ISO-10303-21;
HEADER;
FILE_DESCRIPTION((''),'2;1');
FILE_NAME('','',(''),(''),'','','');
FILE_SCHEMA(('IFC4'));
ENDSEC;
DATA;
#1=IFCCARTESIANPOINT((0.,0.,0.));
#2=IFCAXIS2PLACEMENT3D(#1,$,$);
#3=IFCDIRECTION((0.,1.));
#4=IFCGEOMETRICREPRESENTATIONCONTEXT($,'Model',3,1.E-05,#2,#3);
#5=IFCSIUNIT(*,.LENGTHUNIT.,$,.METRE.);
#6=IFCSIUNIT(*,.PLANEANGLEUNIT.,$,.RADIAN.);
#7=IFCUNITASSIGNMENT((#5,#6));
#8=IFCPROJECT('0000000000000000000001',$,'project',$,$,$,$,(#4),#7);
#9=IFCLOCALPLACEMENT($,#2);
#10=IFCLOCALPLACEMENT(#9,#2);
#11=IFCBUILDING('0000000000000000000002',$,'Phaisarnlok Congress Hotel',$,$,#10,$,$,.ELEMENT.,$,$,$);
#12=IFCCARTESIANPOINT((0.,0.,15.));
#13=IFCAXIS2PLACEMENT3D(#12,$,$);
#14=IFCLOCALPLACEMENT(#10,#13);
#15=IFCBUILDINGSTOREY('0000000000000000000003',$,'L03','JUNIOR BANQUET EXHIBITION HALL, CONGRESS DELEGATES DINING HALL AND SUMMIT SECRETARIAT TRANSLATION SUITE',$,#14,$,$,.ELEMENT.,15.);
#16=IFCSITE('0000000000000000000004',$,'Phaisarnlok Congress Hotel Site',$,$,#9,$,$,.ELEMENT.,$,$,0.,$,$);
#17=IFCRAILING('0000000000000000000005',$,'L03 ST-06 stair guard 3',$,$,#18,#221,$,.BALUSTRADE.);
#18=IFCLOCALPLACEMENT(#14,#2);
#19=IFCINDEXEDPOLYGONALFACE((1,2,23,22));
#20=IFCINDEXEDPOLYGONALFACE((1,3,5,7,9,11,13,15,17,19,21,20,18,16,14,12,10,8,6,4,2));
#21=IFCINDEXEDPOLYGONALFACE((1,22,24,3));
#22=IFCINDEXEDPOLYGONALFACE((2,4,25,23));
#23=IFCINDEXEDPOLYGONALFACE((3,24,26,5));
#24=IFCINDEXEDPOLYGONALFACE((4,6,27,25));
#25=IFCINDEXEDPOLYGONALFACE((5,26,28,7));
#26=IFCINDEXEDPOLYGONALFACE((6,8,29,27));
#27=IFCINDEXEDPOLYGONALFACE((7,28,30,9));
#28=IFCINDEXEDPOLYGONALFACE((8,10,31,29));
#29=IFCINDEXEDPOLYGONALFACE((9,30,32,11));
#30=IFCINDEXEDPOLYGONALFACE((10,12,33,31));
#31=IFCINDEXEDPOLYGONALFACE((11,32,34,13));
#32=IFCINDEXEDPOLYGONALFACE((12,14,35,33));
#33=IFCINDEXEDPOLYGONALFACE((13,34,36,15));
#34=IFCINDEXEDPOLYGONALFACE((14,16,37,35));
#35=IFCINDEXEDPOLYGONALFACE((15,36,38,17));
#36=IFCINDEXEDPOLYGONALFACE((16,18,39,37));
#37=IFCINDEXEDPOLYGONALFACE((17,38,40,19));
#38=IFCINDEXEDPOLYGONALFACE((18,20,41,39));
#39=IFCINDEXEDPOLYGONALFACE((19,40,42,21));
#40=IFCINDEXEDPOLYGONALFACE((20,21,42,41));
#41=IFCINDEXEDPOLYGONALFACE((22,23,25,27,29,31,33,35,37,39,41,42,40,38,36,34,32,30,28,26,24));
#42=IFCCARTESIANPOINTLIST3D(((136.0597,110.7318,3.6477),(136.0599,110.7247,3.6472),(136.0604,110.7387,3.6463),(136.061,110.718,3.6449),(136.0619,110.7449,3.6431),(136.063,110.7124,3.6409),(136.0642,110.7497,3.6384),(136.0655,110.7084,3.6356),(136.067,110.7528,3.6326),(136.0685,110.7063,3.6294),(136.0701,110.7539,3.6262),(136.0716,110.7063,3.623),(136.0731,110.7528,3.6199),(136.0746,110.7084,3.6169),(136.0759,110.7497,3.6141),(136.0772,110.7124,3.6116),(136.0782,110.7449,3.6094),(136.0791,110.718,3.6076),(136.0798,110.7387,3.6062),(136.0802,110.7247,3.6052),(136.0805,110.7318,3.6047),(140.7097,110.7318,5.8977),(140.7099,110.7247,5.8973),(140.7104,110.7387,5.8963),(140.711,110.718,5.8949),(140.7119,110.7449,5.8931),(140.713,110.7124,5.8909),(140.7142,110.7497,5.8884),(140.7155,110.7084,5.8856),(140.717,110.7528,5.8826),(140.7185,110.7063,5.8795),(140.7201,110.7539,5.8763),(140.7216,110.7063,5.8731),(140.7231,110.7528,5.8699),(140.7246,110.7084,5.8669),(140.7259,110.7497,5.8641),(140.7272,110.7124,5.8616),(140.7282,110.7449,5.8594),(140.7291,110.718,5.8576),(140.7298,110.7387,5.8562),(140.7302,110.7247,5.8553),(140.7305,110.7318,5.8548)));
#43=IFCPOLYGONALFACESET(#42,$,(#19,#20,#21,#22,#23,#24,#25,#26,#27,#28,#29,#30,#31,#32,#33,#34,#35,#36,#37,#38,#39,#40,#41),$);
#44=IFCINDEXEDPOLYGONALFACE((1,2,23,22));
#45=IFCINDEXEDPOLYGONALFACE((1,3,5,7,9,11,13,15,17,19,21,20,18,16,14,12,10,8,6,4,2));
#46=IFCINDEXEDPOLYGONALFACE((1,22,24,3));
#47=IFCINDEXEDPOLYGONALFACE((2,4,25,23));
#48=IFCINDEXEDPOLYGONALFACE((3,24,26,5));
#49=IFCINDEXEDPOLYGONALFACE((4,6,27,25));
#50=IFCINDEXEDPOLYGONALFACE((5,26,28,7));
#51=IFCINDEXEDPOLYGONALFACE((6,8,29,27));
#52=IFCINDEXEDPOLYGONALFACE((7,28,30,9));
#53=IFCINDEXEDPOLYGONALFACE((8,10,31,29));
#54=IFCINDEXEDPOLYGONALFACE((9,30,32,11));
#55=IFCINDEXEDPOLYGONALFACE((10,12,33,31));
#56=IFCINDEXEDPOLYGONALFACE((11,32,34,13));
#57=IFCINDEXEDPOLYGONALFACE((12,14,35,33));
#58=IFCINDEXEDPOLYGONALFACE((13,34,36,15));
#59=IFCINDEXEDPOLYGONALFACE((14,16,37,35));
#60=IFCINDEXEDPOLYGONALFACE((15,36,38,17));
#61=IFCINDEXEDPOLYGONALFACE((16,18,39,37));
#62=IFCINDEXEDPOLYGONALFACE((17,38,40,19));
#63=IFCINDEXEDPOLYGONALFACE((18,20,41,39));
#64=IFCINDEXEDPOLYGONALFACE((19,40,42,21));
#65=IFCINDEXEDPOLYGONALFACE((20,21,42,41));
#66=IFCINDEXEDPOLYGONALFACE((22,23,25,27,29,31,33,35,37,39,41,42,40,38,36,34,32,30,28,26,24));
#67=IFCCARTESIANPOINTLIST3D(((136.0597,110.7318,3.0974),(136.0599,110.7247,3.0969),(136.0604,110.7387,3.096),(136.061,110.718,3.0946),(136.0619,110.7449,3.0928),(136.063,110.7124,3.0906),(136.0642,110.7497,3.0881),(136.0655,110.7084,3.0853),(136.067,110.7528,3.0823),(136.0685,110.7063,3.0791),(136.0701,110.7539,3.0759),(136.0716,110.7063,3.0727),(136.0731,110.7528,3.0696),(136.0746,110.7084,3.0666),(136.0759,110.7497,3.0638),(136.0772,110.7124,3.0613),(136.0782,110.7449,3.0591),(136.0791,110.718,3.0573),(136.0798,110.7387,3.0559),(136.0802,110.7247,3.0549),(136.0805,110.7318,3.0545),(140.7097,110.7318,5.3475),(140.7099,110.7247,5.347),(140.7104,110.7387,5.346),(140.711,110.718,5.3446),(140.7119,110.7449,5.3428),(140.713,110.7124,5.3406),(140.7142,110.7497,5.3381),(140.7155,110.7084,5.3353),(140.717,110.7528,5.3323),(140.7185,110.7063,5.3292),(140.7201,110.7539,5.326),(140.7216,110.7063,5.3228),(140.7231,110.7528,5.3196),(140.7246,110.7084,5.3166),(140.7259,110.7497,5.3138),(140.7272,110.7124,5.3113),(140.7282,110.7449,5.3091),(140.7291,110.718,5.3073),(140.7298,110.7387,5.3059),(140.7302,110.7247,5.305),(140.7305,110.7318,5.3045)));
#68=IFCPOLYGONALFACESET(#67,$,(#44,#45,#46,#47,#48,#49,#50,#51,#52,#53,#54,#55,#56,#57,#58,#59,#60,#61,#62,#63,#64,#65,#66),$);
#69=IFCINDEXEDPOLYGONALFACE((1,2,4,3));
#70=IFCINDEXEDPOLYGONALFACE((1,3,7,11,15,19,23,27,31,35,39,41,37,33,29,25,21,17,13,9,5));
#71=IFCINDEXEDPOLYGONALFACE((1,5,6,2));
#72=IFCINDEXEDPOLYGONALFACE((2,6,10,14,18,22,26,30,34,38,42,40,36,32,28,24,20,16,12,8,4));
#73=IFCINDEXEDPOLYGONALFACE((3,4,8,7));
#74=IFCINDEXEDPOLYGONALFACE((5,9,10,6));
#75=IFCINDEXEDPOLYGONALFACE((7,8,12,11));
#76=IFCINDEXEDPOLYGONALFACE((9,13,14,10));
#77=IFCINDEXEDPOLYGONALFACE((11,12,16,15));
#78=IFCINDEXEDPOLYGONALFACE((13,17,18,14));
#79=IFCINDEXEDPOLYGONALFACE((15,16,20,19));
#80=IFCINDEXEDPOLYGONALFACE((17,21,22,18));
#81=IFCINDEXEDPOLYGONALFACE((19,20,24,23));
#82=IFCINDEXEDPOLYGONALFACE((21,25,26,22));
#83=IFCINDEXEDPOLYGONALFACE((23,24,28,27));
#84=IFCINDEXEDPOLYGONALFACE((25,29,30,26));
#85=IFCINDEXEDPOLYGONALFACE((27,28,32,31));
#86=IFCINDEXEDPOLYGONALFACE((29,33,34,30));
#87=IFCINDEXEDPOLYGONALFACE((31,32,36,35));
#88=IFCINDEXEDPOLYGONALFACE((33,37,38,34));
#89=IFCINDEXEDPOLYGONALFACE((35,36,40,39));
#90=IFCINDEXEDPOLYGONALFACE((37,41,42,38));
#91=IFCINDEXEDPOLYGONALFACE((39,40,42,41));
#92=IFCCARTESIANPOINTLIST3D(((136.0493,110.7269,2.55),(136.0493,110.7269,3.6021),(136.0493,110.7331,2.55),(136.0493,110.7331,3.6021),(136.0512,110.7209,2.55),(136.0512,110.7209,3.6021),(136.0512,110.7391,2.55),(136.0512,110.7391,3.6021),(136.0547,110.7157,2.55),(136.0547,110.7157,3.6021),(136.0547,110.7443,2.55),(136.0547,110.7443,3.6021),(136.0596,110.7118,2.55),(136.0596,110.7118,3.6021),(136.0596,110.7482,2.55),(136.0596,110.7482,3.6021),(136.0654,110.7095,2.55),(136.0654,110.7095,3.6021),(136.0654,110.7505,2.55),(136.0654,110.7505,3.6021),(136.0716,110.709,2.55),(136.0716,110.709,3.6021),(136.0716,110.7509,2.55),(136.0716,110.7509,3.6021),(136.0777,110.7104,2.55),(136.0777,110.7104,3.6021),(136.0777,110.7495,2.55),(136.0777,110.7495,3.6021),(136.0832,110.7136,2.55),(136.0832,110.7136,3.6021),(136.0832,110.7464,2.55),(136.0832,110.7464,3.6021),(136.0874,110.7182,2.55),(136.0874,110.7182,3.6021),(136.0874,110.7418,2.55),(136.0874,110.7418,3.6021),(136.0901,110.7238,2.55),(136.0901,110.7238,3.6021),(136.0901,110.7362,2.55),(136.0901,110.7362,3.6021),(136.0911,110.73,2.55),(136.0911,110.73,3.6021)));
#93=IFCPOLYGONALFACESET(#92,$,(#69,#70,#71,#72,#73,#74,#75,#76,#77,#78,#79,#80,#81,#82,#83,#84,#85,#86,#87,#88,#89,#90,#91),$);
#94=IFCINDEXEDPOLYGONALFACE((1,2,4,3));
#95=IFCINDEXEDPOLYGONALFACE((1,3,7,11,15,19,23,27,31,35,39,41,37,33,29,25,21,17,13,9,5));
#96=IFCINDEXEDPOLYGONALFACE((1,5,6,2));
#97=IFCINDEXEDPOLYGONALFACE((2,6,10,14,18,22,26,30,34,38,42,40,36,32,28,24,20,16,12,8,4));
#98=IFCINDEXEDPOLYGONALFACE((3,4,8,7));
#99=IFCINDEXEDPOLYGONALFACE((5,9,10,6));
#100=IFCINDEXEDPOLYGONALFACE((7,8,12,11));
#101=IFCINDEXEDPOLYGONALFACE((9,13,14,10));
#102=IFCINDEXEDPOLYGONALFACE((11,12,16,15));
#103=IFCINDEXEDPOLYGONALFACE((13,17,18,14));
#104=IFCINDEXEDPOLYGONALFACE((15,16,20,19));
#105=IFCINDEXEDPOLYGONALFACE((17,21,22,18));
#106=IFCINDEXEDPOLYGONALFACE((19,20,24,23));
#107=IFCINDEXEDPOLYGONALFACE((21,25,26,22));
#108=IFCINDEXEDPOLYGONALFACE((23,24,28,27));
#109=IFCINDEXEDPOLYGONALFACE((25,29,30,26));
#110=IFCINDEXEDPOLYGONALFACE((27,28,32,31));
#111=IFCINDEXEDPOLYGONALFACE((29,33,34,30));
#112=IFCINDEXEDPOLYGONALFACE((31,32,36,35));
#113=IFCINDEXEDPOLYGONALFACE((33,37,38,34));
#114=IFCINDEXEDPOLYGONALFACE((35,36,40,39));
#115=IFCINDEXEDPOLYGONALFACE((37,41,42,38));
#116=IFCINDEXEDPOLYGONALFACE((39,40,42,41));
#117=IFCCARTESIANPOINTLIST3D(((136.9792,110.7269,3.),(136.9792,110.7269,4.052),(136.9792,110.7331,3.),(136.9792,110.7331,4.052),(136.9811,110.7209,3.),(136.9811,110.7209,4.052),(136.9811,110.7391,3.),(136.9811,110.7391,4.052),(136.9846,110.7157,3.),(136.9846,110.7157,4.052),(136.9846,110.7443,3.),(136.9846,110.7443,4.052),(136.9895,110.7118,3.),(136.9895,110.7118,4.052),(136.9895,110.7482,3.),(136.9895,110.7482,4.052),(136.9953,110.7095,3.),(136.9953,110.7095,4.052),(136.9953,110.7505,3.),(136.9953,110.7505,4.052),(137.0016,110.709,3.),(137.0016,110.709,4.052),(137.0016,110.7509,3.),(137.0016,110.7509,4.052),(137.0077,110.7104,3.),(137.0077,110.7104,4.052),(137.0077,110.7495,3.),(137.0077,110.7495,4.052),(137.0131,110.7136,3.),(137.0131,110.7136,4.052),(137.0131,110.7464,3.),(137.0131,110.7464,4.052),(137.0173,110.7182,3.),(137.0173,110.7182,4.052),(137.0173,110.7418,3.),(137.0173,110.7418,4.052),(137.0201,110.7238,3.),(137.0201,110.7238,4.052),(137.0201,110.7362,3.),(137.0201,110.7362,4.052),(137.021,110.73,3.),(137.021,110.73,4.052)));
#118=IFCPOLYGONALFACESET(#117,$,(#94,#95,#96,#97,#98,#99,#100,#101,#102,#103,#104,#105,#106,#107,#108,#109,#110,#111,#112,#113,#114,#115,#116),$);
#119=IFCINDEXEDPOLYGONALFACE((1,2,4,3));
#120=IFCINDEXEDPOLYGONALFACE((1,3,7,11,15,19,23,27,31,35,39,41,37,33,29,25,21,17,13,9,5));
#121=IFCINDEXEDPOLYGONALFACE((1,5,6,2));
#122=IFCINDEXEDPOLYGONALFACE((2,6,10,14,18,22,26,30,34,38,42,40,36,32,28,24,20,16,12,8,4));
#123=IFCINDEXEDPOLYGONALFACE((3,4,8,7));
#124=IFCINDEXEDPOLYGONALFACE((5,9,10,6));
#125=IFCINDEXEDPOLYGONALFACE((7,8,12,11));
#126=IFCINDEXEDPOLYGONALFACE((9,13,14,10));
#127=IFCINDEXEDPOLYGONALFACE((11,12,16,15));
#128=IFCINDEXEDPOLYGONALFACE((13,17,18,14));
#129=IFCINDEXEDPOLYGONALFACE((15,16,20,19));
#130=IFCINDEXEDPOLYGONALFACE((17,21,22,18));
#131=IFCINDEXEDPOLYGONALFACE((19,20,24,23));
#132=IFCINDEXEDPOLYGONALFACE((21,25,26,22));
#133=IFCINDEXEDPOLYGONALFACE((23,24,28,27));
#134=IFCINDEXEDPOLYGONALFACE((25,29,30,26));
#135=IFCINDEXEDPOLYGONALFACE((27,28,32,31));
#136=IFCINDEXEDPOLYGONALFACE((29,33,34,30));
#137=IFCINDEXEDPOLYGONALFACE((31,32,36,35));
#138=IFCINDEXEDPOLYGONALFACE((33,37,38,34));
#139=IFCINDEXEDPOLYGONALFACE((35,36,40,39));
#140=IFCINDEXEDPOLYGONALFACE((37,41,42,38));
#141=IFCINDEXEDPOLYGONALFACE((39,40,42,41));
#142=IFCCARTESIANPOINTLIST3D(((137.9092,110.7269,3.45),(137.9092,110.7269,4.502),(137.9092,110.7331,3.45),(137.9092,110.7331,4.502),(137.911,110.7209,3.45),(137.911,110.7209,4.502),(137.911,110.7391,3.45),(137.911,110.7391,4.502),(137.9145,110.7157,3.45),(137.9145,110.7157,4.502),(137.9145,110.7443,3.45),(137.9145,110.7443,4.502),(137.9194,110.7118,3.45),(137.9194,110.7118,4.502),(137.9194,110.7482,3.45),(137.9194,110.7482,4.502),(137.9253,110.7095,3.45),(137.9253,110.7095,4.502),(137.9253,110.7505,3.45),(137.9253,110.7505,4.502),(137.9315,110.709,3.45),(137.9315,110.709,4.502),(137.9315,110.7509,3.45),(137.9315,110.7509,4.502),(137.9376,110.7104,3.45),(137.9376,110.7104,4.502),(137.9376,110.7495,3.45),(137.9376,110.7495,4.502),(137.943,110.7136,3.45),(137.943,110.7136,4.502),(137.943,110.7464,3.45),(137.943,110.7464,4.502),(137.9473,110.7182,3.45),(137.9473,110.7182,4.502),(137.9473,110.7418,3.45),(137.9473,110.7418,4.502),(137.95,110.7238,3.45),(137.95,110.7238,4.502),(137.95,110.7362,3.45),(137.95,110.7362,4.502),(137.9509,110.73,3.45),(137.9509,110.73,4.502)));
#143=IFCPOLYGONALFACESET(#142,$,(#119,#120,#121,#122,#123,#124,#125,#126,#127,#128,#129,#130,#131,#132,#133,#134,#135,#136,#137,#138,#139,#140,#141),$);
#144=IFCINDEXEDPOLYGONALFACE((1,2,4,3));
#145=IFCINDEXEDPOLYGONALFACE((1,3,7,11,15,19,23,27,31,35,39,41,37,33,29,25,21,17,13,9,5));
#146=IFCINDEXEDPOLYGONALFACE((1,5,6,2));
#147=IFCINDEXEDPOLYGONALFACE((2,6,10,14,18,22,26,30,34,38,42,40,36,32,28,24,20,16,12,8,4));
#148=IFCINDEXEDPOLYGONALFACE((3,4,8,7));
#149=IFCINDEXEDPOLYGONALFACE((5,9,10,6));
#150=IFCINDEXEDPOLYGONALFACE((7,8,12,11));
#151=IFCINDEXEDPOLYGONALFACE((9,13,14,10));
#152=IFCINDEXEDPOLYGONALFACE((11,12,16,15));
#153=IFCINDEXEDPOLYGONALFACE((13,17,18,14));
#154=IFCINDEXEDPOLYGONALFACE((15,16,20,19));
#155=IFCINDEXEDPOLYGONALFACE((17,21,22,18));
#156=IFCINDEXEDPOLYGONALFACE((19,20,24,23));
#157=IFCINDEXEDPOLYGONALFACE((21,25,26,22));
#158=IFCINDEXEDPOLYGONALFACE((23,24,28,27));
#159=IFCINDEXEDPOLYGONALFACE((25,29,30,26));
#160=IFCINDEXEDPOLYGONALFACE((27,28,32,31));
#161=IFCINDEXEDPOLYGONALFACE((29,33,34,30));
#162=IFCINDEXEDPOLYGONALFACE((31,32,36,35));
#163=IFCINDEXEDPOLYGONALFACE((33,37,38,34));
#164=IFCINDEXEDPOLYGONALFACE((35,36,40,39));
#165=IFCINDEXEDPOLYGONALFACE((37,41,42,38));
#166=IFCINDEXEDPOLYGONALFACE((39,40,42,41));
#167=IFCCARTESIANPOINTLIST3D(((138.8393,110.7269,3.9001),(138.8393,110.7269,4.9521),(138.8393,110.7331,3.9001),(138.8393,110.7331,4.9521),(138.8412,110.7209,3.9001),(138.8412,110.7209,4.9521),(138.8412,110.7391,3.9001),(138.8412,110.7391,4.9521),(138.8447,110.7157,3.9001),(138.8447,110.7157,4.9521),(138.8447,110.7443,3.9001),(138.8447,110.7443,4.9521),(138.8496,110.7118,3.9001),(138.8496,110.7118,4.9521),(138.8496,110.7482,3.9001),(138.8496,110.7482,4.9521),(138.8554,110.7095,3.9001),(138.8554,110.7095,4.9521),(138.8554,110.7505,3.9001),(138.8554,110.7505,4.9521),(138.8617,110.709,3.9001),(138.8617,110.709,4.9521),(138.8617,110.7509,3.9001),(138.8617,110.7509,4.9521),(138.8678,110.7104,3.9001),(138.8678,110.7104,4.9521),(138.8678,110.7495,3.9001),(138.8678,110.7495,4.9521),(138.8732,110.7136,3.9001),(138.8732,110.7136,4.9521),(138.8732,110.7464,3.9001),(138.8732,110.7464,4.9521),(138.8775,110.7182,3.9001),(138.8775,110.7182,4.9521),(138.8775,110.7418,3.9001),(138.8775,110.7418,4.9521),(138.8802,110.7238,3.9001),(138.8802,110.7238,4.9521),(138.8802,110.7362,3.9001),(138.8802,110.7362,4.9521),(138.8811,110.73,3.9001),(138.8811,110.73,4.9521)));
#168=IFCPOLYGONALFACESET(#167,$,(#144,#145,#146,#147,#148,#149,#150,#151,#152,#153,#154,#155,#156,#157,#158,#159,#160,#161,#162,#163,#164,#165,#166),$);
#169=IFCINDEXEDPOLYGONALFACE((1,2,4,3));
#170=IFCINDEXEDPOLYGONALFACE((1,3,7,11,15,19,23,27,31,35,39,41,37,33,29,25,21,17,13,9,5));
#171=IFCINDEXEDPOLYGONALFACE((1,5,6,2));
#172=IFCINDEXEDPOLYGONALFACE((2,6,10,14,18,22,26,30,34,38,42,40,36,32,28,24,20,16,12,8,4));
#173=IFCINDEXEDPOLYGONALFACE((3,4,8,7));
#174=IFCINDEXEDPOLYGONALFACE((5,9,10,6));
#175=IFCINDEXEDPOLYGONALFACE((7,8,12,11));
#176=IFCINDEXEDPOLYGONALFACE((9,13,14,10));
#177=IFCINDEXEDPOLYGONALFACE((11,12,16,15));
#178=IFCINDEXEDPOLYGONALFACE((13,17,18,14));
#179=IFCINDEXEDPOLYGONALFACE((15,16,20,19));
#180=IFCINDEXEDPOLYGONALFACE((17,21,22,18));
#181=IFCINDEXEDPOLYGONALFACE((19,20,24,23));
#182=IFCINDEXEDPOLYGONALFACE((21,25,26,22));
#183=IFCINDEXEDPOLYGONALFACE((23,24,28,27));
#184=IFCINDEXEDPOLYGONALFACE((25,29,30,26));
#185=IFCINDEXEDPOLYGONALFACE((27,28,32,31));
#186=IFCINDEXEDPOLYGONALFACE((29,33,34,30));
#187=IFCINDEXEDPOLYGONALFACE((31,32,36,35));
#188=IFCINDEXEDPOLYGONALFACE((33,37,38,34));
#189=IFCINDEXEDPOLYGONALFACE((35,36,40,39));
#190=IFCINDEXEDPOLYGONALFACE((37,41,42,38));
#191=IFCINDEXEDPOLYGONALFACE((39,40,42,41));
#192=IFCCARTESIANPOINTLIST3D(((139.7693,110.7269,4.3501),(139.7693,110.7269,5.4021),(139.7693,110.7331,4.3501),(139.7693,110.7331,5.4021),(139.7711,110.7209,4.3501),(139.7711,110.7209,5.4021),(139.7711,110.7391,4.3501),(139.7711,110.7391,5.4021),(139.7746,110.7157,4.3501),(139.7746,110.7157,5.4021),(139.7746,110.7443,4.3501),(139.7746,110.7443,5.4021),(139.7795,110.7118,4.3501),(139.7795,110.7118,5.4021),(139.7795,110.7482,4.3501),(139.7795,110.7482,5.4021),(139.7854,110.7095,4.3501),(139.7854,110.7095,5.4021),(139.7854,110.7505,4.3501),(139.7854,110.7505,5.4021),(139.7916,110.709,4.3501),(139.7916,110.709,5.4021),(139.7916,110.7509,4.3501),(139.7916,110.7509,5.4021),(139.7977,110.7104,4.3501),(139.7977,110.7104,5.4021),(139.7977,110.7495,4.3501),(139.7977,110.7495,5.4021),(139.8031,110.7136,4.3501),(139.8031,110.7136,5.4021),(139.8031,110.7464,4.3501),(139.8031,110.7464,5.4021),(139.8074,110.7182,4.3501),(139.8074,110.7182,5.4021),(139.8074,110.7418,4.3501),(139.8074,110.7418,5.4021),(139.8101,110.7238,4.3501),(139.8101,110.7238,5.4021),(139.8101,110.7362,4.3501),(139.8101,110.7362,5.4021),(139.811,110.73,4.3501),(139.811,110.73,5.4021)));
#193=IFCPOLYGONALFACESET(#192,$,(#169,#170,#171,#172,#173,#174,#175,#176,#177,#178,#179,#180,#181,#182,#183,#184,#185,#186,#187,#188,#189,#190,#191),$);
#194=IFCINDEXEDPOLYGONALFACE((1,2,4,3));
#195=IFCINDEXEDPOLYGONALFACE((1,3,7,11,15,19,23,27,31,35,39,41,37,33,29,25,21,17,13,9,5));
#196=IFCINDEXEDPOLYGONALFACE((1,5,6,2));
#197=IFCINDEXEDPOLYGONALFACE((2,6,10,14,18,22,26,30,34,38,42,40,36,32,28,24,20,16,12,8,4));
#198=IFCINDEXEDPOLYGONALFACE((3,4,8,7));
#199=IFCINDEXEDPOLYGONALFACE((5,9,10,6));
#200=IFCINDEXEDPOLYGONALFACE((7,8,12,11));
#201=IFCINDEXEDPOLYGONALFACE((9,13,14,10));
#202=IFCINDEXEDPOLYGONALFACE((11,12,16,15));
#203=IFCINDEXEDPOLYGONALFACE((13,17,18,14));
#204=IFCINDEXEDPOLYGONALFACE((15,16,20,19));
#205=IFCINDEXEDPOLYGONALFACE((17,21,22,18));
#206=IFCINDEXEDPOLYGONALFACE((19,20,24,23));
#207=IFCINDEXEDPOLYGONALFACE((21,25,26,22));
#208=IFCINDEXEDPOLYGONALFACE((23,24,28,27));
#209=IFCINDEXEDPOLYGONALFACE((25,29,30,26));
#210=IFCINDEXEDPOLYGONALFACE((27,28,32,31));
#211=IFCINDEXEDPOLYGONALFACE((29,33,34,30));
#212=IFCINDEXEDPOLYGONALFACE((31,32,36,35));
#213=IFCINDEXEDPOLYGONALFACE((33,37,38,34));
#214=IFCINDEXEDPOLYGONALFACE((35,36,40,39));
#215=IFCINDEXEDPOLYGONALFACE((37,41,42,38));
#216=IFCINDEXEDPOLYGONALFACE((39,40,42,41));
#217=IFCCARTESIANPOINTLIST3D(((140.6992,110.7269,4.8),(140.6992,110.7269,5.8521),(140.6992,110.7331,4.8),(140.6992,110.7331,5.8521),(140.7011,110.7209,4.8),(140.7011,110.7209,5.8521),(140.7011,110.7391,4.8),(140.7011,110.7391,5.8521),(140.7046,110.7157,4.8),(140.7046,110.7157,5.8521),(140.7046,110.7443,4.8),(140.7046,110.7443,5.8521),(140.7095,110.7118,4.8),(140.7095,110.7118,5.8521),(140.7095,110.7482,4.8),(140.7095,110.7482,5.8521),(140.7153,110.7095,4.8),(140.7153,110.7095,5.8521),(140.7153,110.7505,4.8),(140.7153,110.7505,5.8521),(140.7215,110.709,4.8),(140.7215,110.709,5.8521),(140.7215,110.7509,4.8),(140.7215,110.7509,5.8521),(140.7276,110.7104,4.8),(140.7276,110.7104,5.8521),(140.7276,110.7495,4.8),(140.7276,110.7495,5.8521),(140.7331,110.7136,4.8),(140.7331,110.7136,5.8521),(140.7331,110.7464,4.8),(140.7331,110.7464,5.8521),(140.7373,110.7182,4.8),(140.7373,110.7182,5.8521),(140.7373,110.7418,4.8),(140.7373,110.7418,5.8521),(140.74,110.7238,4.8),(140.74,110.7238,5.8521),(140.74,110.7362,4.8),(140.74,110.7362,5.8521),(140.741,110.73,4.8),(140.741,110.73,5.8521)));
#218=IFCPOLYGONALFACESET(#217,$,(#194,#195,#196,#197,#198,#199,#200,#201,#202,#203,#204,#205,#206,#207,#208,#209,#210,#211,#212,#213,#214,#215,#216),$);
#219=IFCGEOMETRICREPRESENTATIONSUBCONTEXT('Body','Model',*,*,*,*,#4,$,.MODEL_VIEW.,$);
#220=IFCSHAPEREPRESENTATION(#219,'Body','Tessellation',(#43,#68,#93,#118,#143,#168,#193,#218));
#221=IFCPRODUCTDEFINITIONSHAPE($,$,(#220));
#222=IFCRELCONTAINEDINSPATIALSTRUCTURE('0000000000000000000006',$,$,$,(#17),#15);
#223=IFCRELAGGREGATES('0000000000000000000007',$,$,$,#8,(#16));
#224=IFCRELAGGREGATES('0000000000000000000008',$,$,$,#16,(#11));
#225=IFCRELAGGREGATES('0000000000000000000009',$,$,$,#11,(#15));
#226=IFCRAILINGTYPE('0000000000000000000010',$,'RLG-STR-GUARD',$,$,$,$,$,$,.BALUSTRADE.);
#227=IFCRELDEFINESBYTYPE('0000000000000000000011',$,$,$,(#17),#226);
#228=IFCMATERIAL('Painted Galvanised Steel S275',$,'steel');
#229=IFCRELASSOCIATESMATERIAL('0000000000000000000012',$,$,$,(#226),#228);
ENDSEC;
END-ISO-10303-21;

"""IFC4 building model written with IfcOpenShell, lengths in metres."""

from ifc_helpers import new_model, si_unit, direction, frame, origin, origin_2d, place, context, subcontext, project, spatial, circle, extrude, material, type_object, element, save


model = new_model("IFC4")

# Units and contexts
model_context = context("Model", 3, precision=1e-05, world=origin(), true_north=direction((0.0, 1.0)))
body_context = subcontext(model_context, "Body", "Model", "MODEL_VIEW")
ifc_project = project(units=[si_unit("LENGTHUNIT", "METRE"), si_unit("PLANEANGLEUNIT", "RADIAN")], contexts=[model_context])

# Site, building, storey
site_placement = place(None, origin())
site = spatial("IfcSite", under=ifc_project, at=site_placement, Name="Phaisarnlok Congress Hotel Site", CompositionType="ELEMENT", RefElevation=0.0)
building_placement = place(site_placement, origin())
building = spatial("IfcBuilding", under=site, at=building_placement, Name="Phaisarnlok Congress Hotel", CompositionType="ELEMENT")
storey_placement = place(building_placement, frame((0.0, 0.0, 15.0)))
storey = spatial("IfcBuildingStorey", under=building, at=storey_placement, Name="L03", Description="JUNIOR BANQUET EXHIBITION HALL, CONGRESS DELEGATES DINING HALL AND SUMMIT SECRETARIAT TRANSLATION SUITE", CompositionType="ELEMENT", Elevation=15.0)

# Railing
ifc_material_1 = material(Name="Painted Galvanised Steel S275", Category="steel")
railing_type_1 = type_object("IfcRailingType", Name="RLG-STR-GUARD", PredefinedType="BALUSTRADE", material=ifc_material_1)
railing_1_placement = place(storey_placement, frame((136.0701, 110.73, 2.55)))
element("IfcRailing", 1, at=railing_1_placement, inside=storey, type_object=railing_type_1, Name="L03 ST-06 stair guard 3", PredefinedType="BALUSTRADE", context=body_context, shape_type="SweptSolid", body=[
    extrude(circle(Radius=0.0239, at=origin_2d()), frame((0.0, 0.0, 1.0762), z_axis=(0.900156, 0.0, 0.435568), x_axis=(0.0, 1.0, 0.0)), (0.0, 0.0, 1.0), 5.1658),
    extrude(circle(Radius=0.0239, at=origin_2d()), frame((0.0, 0.0, 0.5259), z_axis=(0.900156, 0.0, 0.435568), x_axis=(0.0, 1.0, 0.0)), (0.0, 0.0, 1.0), 5.1658),
    extrude(circle(Radius=0.021, at=origin_2d()), origin(), (0.0, 0.0, 1.0), 1.052),
    extrude(circle(Radius=0.021, at=origin_2d()), frame((0.9299, 0.0, 0.45)), (0.0, 0.0, 1.0), 1.052),
    extrude(circle(Radius=0.021, at=origin_2d()), frame((1.8599, 0.0, 0.8999)), (0.0, 0.0, 1.0), 1.052),
    extrude(circle(Radius=0.021, at=origin_2d()), frame((2.79, 0.0, 1.3501)), (0.0, 0.0, 1.0), 1.052),
    extrude(circle(Radius=0.021, at=origin_2d()), frame((3.72, 0.0, 1.8)), (0.0, 0.0, 1.0), 1.052),
    extrude(circle(Radius=0.021, at=origin_2d()), frame((4.6499, 0.0, 2.25)), (0.0, 0.0, 1.0), 1.052),
])

save(model, "model.ifc")
